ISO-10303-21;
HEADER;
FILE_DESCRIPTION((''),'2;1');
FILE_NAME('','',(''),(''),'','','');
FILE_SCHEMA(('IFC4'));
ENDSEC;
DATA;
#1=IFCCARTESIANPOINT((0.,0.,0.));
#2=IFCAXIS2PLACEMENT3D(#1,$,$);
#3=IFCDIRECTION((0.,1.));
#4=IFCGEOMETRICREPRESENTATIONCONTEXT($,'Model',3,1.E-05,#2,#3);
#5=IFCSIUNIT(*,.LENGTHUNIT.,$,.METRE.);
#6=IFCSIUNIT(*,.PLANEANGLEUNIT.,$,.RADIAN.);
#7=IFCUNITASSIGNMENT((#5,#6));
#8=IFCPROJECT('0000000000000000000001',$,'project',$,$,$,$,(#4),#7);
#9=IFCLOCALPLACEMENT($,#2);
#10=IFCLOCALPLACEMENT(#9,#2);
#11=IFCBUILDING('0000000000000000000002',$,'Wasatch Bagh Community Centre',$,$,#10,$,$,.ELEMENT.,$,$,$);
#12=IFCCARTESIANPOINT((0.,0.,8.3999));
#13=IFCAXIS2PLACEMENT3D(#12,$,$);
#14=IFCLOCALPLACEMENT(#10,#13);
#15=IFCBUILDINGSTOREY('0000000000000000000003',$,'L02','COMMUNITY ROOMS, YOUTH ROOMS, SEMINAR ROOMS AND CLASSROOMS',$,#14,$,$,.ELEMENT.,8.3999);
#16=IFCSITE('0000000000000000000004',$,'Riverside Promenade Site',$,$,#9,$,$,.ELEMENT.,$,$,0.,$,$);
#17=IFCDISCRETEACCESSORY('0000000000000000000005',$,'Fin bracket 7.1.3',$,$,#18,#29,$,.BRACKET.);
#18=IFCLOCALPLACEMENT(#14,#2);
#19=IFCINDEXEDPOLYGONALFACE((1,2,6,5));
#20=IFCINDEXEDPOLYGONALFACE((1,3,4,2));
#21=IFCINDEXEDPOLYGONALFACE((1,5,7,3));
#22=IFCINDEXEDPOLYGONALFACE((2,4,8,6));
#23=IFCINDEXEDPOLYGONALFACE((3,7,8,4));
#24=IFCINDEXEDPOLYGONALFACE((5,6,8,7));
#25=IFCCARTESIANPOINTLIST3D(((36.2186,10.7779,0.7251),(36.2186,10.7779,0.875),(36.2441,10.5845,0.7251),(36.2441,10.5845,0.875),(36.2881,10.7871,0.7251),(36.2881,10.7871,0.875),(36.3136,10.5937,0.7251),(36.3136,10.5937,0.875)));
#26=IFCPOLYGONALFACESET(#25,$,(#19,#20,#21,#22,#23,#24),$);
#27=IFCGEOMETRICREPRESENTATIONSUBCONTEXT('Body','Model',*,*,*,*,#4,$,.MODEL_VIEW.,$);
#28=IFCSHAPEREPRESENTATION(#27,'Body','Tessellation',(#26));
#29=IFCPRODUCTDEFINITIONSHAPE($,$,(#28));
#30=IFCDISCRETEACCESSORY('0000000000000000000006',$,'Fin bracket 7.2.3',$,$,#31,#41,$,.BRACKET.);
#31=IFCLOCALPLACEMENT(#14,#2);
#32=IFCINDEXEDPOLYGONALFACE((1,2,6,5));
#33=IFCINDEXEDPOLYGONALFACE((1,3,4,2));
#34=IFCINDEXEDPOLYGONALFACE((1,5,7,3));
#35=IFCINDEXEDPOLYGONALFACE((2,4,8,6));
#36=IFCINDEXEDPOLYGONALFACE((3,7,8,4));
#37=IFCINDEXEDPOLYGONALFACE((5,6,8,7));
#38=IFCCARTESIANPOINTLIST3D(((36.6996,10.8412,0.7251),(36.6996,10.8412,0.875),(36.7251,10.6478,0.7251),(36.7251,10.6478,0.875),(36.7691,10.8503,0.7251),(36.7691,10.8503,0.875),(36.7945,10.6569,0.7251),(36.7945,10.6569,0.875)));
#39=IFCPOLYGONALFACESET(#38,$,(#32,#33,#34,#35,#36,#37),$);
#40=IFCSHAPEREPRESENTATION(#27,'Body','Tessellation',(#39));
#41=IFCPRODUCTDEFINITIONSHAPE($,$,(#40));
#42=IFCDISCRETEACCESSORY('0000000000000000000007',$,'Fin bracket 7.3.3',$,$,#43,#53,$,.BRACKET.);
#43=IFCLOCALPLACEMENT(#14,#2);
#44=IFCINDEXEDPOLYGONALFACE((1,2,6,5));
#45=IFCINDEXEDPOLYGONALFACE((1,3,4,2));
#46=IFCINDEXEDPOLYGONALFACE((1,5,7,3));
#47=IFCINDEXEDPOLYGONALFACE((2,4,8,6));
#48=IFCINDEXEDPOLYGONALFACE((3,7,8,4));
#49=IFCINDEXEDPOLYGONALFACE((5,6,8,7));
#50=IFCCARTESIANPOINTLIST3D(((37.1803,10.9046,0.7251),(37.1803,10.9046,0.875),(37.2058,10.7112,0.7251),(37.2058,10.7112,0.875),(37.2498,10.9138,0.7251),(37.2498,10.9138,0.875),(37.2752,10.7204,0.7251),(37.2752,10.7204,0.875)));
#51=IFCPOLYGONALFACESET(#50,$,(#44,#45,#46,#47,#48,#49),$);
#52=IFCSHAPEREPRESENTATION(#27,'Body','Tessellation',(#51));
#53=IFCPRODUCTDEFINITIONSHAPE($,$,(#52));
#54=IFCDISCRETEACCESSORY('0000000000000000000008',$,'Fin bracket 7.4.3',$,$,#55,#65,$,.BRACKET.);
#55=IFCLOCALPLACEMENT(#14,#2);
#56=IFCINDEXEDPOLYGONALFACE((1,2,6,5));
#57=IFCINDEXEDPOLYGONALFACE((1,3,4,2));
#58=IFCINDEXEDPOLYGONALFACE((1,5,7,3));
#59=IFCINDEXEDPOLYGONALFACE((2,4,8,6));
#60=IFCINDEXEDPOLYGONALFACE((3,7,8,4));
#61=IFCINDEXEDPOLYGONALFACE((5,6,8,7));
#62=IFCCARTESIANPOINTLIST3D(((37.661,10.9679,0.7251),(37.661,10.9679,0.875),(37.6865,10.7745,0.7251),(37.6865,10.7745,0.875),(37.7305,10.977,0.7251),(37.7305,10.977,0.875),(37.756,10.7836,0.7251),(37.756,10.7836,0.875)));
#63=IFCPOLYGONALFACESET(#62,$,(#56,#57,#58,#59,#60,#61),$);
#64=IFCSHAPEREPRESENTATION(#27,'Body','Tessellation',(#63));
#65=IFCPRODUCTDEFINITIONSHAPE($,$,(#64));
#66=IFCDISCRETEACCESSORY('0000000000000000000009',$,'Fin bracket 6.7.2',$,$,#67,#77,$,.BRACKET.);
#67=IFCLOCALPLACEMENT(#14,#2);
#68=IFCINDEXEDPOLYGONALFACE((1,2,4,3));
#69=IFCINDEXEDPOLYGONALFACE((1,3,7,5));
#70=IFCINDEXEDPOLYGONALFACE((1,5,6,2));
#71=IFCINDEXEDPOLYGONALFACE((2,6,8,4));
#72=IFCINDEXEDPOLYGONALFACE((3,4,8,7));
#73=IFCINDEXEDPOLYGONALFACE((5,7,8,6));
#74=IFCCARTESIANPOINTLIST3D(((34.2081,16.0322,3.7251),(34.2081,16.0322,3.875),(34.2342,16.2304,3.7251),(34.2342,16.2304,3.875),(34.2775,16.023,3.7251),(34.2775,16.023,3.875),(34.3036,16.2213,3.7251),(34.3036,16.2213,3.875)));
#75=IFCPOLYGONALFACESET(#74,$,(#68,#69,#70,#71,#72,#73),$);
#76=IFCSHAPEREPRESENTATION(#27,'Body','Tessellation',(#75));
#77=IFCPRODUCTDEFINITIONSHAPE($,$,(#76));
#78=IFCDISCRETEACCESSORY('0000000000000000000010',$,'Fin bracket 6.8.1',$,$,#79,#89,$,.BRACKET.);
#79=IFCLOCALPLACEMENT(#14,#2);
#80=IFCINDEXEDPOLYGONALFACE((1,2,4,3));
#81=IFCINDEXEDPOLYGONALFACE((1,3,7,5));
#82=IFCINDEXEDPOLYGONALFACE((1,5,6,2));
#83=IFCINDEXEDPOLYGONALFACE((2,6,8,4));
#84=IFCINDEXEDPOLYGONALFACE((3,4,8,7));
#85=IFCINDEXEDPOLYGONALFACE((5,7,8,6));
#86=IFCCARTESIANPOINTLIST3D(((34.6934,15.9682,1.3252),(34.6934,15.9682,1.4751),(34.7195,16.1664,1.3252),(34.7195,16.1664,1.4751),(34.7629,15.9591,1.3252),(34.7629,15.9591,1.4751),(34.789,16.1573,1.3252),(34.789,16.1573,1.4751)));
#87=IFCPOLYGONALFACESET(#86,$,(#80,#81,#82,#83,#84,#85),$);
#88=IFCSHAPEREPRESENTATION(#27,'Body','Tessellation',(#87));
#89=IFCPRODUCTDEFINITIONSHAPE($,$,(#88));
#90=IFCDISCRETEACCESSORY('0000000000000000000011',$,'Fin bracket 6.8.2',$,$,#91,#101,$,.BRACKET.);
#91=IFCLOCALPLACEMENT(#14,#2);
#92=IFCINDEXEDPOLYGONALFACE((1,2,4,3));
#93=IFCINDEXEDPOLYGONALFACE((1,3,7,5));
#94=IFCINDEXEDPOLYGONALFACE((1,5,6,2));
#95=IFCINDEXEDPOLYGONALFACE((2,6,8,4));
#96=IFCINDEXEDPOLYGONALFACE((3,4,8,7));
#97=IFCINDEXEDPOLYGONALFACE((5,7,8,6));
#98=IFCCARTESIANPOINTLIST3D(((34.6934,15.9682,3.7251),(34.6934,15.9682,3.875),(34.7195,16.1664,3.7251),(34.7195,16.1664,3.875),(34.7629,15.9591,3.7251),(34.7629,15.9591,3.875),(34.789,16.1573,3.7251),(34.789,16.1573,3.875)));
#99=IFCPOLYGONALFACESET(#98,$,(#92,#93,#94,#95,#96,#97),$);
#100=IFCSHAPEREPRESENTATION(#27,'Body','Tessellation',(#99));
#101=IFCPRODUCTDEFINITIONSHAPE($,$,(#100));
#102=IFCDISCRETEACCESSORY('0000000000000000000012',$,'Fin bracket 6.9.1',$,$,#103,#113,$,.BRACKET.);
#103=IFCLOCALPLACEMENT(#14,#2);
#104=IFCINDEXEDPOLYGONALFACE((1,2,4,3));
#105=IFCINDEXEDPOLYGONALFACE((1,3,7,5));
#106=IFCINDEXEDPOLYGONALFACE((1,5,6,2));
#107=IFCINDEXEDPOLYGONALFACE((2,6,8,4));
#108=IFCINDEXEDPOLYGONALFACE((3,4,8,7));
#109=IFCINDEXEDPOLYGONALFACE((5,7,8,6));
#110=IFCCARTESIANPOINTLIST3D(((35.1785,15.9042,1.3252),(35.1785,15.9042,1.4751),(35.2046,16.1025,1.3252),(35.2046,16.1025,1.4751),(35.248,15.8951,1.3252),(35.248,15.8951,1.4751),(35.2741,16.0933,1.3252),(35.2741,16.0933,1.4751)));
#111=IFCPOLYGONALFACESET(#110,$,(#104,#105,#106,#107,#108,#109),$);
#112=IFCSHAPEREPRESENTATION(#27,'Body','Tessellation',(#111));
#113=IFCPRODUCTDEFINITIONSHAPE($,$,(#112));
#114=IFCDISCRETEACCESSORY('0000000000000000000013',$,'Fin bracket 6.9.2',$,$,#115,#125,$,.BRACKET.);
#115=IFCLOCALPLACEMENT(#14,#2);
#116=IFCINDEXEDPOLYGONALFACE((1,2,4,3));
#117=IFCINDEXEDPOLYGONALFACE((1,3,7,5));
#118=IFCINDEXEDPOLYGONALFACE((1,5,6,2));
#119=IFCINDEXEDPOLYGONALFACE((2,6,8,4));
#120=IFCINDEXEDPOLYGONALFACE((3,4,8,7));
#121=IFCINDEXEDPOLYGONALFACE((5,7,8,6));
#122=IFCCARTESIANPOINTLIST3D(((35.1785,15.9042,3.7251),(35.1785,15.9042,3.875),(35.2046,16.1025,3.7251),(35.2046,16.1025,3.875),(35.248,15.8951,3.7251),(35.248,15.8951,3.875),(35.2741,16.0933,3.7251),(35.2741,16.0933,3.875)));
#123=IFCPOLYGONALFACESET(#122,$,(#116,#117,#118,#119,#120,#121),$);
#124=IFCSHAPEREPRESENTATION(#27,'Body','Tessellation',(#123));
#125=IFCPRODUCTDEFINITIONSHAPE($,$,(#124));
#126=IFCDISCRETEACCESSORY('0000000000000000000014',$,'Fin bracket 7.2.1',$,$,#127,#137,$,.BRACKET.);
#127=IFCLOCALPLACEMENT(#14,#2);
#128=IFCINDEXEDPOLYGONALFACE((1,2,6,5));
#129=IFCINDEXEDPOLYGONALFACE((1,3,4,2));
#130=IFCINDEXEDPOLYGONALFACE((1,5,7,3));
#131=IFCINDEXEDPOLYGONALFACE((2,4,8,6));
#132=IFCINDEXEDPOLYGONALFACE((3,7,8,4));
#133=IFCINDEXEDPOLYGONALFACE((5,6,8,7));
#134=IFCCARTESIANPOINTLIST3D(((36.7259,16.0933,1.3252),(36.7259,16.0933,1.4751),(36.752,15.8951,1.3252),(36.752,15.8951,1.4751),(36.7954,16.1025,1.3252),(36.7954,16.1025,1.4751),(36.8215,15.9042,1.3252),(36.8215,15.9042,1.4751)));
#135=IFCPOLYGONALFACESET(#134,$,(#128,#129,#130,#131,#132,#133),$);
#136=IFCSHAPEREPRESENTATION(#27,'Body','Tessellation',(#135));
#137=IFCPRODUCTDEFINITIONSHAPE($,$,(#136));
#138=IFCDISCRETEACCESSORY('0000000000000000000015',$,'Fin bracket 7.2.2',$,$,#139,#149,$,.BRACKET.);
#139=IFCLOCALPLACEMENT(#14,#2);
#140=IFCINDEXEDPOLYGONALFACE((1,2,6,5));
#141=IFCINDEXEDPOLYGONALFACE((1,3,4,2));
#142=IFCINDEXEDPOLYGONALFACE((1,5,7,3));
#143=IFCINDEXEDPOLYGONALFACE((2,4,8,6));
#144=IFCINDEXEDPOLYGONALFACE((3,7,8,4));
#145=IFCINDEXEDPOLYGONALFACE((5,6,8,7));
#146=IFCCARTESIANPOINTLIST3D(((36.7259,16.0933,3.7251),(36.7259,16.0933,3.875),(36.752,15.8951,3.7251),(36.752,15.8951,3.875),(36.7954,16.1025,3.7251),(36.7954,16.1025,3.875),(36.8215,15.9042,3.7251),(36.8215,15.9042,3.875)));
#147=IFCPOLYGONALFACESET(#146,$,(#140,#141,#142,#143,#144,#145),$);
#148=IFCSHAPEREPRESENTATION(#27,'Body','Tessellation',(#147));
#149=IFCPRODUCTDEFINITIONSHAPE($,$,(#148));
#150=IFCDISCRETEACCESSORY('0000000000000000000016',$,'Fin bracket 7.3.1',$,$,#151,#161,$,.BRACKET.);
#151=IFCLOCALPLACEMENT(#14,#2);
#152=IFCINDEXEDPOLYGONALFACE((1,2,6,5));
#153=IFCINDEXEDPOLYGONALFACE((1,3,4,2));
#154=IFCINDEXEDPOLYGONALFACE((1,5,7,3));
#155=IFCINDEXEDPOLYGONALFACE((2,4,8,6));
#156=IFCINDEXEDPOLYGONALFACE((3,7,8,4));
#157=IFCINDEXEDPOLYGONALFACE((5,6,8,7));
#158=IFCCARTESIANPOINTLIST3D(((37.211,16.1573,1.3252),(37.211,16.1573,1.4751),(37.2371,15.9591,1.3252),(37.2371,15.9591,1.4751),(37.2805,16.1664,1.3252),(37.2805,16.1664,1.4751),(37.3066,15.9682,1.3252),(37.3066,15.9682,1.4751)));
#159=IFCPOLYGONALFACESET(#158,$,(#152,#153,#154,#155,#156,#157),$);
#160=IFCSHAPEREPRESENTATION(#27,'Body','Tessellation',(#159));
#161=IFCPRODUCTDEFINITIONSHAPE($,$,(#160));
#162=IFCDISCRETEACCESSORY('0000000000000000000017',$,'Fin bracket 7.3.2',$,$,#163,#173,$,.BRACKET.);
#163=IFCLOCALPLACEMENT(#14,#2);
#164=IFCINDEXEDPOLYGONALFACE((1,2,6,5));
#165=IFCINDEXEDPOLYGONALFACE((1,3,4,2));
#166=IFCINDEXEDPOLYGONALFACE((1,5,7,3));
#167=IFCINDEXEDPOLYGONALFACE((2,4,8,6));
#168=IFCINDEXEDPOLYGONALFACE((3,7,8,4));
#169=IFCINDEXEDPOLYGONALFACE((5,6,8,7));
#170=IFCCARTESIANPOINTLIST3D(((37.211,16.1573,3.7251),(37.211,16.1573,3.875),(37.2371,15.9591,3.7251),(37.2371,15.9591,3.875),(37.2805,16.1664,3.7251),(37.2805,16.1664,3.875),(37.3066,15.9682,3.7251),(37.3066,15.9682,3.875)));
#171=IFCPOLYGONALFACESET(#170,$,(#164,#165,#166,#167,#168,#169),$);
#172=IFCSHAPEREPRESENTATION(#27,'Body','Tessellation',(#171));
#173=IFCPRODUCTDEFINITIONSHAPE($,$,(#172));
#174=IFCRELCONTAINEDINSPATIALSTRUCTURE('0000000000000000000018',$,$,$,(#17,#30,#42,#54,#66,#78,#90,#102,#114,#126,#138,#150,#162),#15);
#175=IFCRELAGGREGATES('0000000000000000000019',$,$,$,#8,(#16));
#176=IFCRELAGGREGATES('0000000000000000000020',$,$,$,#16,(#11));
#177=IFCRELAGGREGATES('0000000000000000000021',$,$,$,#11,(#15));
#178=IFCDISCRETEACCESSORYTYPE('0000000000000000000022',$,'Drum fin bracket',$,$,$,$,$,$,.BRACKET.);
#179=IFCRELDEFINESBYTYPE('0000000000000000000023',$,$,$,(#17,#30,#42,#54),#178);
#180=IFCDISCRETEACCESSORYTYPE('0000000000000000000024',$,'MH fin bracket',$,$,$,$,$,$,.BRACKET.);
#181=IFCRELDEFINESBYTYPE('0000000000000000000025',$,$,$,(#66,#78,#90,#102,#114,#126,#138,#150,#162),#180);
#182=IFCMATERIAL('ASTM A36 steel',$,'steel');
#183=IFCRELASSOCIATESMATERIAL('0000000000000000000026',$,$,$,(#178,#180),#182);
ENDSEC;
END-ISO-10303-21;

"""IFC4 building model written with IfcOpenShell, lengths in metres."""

from ifc_helpers import new_model, si_unit, direction, frame, origin, origin_2d, place, context, subcontext, project, spatial, rectangle, extrude, material, type_object, element, save


model = new_model("IFC4")

# Units and contexts
model_context = context("Model", 3, precision=1e-05, world=origin(), true_north=direction((0.0, 1.0)))
body_context = subcontext(model_context, "Body", "Model", "MODEL_VIEW")
ifc_project = project(units=[si_unit("LENGTHUNIT", "METRE"), si_unit("PLANEANGLEUNIT", "RADIAN")], contexts=[model_context])

# Site, building, storey
site_placement = place(None, origin())
site = spatial("IfcSite", under=ifc_project, at=site_placement, Name="Riverside Promenade Site", CompositionType="ELEMENT", RefElevation=0.0)
building_placement = place(site_placement, origin())
building = spatial("IfcBuilding", under=site, at=building_placement, Name="Wasatch Bagh Community Centre", CompositionType="ELEMENT")
storey_placement = place(building_placement, frame((0.0, 0.0, 8.3999)))
storey = spatial("IfcBuildingStorey", under=building, at=storey_placement, Name="L02", Description="COMMUNITY ROOMS, YOUTH ROOMS, SEMINAR ROOMS AND CLASSROOMS", CompositionType="ELEMENT", Elevation=8.3999)

# Discrete accessories
ifc_material_1 = material(Name="ASTM A36 steel", Category="steel")
discrete_accessory_type_1 = type_object("IfcDiscreteAccessoryType", Name="Drum fin bracket", PredefinedType="BRACKET", material=ifc_material_1)
for number, where, z_axis, x_axis, name in (
    (1, (36.2661, 10.6858, 0.7251), (0.0, 0.0, 1.0), (0.991445, 0.130526, 0.0), "Fin bracket 7.1.3"),
    (2, (36.7471, 10.749, 0.7251), (0.0, 0.0, 1.0), (0.991445, 0.130526, 0.0), "Fin bracket 7.2.3"),
    (3, (37.2278, 10.8125, 0.7251), (0.0, 0.0, 1.0), (0.991445, 0.130526, 0.0), "Fin bracket 7.3.3"),
    (4, (37.7085, 10.8757, 0.7251), (0.0, 0.0, 1.0), (0.991445, 0.130526, 0.0), "Fin bracket 7.4.3"),
):
    element("IfcDiscreteAccessory", number, at=place(storey_placement, frame(where, z_axis=z_axis, x_axis=x_axis)), inside=storey, type_object=discrete_accessory_type_1, Name=name, PredefinedType="BRACKET", context=body_context, shape_type="SweptSolid", body=[
        extrude(rectangle(XDim=0.0701, YDim=0.1951, at=origin_2d()), origin(), (0.0, 0.0, 1.0), 0.1499),
    ])
discrete_accessory_type_2 = type_object("IfcDiscreteAccessoryType", Name="MH fin bracket", PredefinedType="BRACKET", material=ifc_material_1)
for number, where, z_axis, x_axis, name in (
    (5, (34.2559, 16.1267, 3.7251), (0.0, 0.0, 1.0), (0.991445, -0.130526, 0.0), "Fin bracket 6.7.2"),
    (6, (34.7412, 16.0627, 1.3252), (0.0, 0.0, 1.0), (0.991445, -0.130526, 0.0), "Fin bracket 6.8.1"),
    (7, (34.7412, 16.0627, 3.7251), (0.0, 0.0, 1.0), (0.991445, -0.130526, 0.0), "Fin bracket 6.8.2"),
    (8, (35.2263, 15.9988, 1.3252), (0.0, 0.0, 1.0), (0.991445, -0.130526, 0.0), "Fin bracket 6.9.1"),
    (9, (35.2263, 15.9988, 3.7251), (0.0, 0.0, 1.0), (0.991445, -0.130526, 0.0), "Fin bracket 6.9.2"),
    (10, (36.7737, 15.9988, 1.3252), (0.0, 0.0, 1.0), (0.991445, 0.130526, 0.0), "Fin bracket 7.2.1"),
    (11, (36.7737, 15.9988, 3.7251), (0.0, 0.0, 1.0), (0.991445, 0.130526, 0.0), "Fin bracket 7.2.2"),
    (12, (37.2588, 16.0627, 1.3252), (0.0, 0.0, 1.0), (0.991445, 0.130526, 0.0), "Fin bracket 7.3.1"),
    (13, (37.2588, 16.0627, 3.7251), (0.0, 0.0, 1.0), (0.991445, 0.130526, 0.0), "Fin bracket 7.3.2"),
):
    element("IfcDiscreteAccessory", number, at=place(storey_placement, frame(where, z_axis=z_axis, x_axis=x_axis)), inside=storey, type_object=discrete_accessory_type_2, Name=name, PredefinedType="BRACKET", context=body_context, shape_type="SweptSolid", body=[
        extrude(rectangle(XDim=0.0701, YDim=0.2, at=origin_2d()), origin(), (0.0, 0.0, 1.0), 0.1499),
    ])

save(model, "model.ifc")
